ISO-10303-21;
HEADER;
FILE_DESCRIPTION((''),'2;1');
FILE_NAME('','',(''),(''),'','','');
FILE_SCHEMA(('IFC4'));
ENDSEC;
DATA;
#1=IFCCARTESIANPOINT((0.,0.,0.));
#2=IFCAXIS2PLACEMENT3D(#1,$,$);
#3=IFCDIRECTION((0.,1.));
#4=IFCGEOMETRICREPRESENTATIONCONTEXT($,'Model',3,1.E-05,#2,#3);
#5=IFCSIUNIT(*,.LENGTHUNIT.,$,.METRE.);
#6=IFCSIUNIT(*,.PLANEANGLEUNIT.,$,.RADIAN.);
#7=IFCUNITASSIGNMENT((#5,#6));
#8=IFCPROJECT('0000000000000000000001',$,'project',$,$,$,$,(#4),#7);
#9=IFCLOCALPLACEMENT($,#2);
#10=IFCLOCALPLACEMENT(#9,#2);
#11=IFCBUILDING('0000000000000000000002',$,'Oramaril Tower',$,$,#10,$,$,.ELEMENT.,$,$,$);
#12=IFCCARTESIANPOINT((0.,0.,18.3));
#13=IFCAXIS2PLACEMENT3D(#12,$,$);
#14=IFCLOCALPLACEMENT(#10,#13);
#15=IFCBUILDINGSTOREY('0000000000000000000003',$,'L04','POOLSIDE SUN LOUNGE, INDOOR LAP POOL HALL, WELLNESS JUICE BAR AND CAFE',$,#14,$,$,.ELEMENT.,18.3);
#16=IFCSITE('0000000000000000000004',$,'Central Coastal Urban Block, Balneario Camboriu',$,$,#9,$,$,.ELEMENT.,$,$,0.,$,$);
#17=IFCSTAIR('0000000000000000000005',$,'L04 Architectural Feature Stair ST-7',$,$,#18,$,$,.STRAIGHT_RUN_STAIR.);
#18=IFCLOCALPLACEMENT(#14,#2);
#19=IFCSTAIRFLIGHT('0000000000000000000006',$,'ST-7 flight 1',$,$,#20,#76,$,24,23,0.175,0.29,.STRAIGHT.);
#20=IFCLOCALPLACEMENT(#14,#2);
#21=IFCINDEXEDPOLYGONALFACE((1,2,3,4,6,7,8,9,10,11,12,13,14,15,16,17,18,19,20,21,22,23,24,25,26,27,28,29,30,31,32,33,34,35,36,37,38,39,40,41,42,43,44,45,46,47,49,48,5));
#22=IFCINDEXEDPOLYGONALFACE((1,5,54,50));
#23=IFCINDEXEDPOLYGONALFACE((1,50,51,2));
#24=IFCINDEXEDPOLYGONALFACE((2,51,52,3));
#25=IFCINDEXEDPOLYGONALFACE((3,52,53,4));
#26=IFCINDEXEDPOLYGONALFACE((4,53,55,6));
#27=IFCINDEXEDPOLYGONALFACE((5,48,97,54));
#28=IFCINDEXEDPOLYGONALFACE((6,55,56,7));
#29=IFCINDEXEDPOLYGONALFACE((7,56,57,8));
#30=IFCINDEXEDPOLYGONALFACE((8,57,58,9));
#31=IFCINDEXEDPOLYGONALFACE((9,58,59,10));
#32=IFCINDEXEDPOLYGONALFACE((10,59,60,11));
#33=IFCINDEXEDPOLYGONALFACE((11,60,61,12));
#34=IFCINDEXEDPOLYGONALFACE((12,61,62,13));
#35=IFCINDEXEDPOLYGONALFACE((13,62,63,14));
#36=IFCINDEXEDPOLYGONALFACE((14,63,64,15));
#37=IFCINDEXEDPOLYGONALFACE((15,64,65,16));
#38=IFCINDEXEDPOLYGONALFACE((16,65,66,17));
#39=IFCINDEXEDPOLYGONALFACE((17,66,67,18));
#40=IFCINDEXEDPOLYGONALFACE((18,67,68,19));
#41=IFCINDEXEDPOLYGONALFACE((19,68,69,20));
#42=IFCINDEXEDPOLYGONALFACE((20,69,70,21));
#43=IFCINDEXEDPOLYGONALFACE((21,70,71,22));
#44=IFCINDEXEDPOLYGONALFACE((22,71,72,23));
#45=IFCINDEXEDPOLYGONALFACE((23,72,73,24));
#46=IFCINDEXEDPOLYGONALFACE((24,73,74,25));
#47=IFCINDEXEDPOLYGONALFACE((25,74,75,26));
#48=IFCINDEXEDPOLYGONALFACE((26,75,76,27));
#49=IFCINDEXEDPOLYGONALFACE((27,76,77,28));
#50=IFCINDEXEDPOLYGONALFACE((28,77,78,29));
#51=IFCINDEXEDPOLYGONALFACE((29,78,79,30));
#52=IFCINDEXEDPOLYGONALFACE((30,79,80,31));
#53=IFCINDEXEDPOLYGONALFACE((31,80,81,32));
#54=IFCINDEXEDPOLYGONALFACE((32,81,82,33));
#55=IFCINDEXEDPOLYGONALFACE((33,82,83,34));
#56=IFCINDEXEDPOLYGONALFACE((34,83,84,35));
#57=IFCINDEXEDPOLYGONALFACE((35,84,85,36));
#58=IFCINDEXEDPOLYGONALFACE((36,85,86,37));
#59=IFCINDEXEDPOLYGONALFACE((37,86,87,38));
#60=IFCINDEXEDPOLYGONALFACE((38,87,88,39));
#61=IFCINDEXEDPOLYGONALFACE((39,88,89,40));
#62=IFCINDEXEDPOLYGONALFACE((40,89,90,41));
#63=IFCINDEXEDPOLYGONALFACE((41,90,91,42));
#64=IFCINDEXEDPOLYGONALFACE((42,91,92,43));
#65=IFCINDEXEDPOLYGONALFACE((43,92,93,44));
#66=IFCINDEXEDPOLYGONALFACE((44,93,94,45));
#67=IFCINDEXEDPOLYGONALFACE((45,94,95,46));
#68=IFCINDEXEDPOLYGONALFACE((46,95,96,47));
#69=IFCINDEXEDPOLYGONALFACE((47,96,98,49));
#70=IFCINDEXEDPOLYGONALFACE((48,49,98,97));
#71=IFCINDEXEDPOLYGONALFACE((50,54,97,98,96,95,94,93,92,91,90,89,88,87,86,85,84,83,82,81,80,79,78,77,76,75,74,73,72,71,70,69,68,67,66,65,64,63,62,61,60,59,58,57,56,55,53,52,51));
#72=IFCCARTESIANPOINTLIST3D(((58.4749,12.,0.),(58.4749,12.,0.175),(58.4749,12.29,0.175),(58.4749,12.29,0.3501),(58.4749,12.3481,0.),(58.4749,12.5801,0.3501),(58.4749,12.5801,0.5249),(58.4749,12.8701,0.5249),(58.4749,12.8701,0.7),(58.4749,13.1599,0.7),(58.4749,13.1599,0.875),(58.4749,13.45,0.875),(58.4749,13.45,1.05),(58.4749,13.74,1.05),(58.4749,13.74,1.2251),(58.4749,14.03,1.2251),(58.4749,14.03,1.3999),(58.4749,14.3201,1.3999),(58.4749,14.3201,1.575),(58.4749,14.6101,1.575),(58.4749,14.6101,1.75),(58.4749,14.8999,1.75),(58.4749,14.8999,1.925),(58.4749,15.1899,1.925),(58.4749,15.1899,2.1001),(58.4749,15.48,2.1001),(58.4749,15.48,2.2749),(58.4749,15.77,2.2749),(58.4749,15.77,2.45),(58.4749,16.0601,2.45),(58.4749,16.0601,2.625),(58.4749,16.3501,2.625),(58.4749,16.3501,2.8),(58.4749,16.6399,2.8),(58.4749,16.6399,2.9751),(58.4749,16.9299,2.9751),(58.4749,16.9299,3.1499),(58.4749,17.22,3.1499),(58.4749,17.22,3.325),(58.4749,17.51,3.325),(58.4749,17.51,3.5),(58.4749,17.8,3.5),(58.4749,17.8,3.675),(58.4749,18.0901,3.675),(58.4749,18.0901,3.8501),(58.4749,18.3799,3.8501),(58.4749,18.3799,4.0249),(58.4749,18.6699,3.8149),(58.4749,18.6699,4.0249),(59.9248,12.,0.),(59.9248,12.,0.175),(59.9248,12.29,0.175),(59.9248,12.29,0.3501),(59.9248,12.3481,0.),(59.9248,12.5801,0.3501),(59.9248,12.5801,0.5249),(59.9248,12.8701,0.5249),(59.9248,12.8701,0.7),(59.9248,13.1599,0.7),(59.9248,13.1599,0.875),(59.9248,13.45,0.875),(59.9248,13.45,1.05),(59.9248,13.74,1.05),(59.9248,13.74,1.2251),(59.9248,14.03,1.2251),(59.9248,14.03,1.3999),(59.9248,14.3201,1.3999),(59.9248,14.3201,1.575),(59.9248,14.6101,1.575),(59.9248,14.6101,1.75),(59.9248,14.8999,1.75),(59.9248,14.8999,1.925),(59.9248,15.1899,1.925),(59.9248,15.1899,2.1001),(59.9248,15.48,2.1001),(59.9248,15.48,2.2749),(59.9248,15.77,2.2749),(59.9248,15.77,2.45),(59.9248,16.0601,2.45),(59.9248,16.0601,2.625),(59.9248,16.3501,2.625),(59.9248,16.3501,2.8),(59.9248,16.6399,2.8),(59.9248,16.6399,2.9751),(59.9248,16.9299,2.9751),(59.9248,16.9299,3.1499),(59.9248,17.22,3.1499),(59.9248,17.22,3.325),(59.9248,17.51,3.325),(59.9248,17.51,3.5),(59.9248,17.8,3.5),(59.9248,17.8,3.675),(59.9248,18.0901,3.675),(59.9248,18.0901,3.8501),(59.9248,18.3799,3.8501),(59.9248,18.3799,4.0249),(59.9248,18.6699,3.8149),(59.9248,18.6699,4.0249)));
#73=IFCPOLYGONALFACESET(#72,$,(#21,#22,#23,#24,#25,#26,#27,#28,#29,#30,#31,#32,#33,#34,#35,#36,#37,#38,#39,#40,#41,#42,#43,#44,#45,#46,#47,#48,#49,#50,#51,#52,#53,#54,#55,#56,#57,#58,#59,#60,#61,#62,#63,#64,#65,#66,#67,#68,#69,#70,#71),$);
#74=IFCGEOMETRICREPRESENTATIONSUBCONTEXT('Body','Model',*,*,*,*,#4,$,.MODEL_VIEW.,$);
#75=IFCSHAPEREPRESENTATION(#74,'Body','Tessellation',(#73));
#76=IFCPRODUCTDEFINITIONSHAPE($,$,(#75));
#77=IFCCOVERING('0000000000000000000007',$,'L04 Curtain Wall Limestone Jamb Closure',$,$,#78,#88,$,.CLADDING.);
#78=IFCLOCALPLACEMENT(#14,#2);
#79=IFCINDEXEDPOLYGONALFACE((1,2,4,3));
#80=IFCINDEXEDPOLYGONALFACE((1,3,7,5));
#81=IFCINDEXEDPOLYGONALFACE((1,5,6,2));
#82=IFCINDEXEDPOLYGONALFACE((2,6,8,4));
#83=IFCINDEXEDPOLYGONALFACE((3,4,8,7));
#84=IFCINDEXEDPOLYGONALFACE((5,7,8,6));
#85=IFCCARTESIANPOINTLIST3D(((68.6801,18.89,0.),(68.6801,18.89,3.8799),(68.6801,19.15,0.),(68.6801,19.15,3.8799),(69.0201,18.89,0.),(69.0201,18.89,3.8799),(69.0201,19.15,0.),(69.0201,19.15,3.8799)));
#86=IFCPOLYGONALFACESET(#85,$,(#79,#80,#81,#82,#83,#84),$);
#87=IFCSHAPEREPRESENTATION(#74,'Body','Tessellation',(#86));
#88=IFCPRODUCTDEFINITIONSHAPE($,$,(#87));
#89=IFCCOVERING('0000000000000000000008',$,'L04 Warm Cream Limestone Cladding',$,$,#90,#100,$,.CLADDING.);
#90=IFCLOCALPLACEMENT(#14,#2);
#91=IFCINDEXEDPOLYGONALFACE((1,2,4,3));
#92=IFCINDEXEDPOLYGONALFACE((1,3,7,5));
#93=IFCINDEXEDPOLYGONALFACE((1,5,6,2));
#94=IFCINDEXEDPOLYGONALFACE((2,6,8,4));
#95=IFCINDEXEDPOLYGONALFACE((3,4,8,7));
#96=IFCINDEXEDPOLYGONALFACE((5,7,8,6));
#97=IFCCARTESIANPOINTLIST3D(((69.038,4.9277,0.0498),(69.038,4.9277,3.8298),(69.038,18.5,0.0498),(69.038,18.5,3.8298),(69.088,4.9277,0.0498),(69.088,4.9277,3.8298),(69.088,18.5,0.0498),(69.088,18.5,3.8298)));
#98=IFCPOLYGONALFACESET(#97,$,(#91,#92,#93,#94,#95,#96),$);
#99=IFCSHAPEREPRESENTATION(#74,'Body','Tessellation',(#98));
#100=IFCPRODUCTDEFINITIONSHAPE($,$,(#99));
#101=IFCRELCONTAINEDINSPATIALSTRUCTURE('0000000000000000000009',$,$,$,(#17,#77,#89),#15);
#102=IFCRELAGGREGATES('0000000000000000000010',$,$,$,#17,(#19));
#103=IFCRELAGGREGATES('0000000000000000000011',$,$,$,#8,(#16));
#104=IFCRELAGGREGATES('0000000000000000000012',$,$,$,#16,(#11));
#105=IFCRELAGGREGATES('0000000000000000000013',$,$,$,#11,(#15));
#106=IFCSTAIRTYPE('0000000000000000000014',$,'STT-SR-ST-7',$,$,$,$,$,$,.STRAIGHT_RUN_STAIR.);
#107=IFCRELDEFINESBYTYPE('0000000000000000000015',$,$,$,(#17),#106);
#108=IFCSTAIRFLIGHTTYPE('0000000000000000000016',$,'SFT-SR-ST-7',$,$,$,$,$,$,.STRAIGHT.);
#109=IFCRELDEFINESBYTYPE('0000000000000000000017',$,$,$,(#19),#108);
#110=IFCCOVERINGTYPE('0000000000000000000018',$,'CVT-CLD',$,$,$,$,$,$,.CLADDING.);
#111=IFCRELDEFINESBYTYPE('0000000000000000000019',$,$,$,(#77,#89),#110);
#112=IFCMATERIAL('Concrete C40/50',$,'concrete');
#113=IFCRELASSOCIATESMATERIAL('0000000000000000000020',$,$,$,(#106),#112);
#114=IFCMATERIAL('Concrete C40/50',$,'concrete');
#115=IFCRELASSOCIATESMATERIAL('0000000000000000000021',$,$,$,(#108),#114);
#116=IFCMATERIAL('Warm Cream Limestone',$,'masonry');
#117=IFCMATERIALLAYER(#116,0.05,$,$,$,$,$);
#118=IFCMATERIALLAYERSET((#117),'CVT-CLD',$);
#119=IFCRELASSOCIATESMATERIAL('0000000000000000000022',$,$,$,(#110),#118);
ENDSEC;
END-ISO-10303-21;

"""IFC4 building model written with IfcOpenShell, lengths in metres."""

from ifc_helpers import new_model, si_unit, direction, frame, origin, origin_2d, place, context, subcontext, project, spatial, polyline, rectangle, outline, extrude, material, layer, layer_set, type_object, element, aggregate, save


model = new_model("IFC4")

# Units and contexts
model_context = context("Model", 3, precision=1e-05, world=origin(), true_north=direction((0.0, 1.0)))
body_context = subcontext(model_context, "Body", "Model", "MODEL_VIEW")
ifc_project = project(units=[si_unit("LENGTHUNIT", "METRE"), si_unit("PLANEANGLEUNIT", "RADIAN")], contexts=[model_context])

# Site, building, storey
site_placement = place(None, origin())
site = spatial("IfcSite", under=ifc_project, at=site_placement, Name="Central Coastal Urban Block, Balneario Camboriu", CompositionType="ELEMENT", RefElevation=0.0)
building_placement = place(site_placement, origin())
building = spatial("IfcBuilding", under=site, at=building_placement, Name="Oramaril Tower", CompositionType="ELEMENT")
storey_placement = place(building_placement, frame((0.0, 0.0, 18.3)))
storey = spatial("IfcBuildingStorey", under=building, at=storey_placement, Name="L04", Description="POOLSIDE SUN LOUNGE, INDOOR LAP POOL HALL, WELLNESS JUICE BAR AND CAFE", CompositionType="ELEMENT", Elevation=18.3)

# Stair, stair flight
ifc_material_1 = material(Name="Concrete C40/50", Category="concrete")
stair_type = type_object("IfcStairType", Name="STT-SR-ST-7", PredefinedType="STRAIGHT_RUN_STAIR", material=ifc_material_1)
stair_placement = place(storey_placement, origin())
stair = element("IfcStair", 1, at=stair_placement, inside=storey, type_object=stair_type, Name="L04 Architectural Feature Stair ST-7", PredefinedType="STRAIGHT_RUN_STAIR")
ifc_material_2 = material(Name="Concrete C40/50", Category="concrete")
stair_flight_type = type_object("IfcStairFlightType", Name="SFT-SR-ST-7", PredefinedType="STRAIGHT", material=ifc_material_2)
stair_flight_placement = place(storey_placement, frame((59.2, 12.0, 0.0), z_axis=(0.0, 0.0, 1.0), x_axis=(0.0, 1.0, 0.0)))
stair_flight = element("IfcStairFlight", 2, at=stair_flight_placement, type_object=stair_flight_type, Name="ST-7 flight 1", NumberOfRisers=24, NumberOfTreads=23, PredefinedType="STRAIGHT", RiserHeight=0.175, TreadLength=0.29, context=body_context, shape_type="SweptSolid", body=[
    extrude(outline(polyline([(0.0, 0.0), (0.0, 0.175), (0.29, 0.175), (0.29, 0.3501), (0.5801, 0.3501), (0.5801, 0.5249), (0.8701, 0.5249), (0.8701, 0.7), (1.1599, 0.7), (1.1599, 0.875), (1.45, 0.875), (1.45, 1.05), (1.74, 1.05), (1.74, 1.2251), (2.03, 1.2251), (2.03, 1.3999), (2.3201, 1.3999), (2.3201, 1.575), (2.6101, 1.575), (2.6101, 1.75), (2.8999, 1.75), (2.8999, 1.925), (3.1899, 1.925), (3.1899, 2.1001), (3.48, 2.1001), (3.48, 2.2749), (3.77, 2.2749), (3.77, 2.45), (4.0601, 2.45), (4.0601, 2.625), (4.3501, 2.625), (4.3501, 2.8), (4.6399, 2.8), (4.6399, 2.9751), (4.9299, 2.9751), (4.9299, 3.1499), (5.22, 3.1499), (5.22, 3.325), (5.51, 3.325), (5.51, 3.5), (5.8, 3.5), (5.8, 3.675), (6.0901, 3.675), (6.0901, 3.8501), (6.3799, 3.8501), (6.3799, 4.0249), (6.6699, 4.0249), (6.6699, 4.2), (6.6699, 3.8149), (0.3481, 0.0), (0.0, 0.0)])), frame((0.0, 0.7251, 0.0), z_axis=(0.0, -1.0, 0.0), x_axis=(1.0, 0.0, 0.0)), (0.0, 0.0, 1.0), 1.45),
])
aggregate(stair, [stair_flight])

# Coverings
ifc_material_3 = material(Name="Warm Cream Limestone", Category="masonry")
ifc_layer_1 = layer(ifc_material_3, 0.05)
ifc_layer_set_1 = layer_set([ifc_layer_1], Name="CVT-CLD")
covering_type = type_object("IfcCoveringType", Name="CVT-CLD", PredefinedType="CLADDING", material=ifc_layer_set_1)
covering_1_placement = place(storey_placement, frame((68.8501, 19.02, 0.0), z_axis=(0.0, 0.0, 1.0), x_axis=(0.0, 1.0, 0.0)))
element("IfcCovering", 3, at=covering_1_placement, inside=storey, type_object=covering_type, Name="L04 Curtain Wall Limestone Jamb Closure", PredefinedType="CLADDING", context=body_context, shape_type="SweptSolid", body=[
    extrude(rectangle(XDim=0.26, YDim=0.3401, at=origin_2d()), origin(), (0.0, 0.0, 1.0), 3.8799),
])
covering_2_placement = place(storey_placement, frame((69.063, 11.7139, 0.0498), z_axis=(0.0, 0.0, 1.0), x_axis=(0.0, 1.0, 0.0)))
element("IfcCovering", 4, at=covering_2_placement, inside=storey, type_object=covering_type, Name="L04 Warm Cream Limestone Cladding", PredefinedType="CLADDING", context=body_context, shape_type="SweptSolid", body=[
    extrude(rectangle(XDim=13.5723, YDim=0.05, at=origin_2d()), origin(), (0.0, 0.0, 1.0), 3.78),
])

save(model, "model.ifc")
